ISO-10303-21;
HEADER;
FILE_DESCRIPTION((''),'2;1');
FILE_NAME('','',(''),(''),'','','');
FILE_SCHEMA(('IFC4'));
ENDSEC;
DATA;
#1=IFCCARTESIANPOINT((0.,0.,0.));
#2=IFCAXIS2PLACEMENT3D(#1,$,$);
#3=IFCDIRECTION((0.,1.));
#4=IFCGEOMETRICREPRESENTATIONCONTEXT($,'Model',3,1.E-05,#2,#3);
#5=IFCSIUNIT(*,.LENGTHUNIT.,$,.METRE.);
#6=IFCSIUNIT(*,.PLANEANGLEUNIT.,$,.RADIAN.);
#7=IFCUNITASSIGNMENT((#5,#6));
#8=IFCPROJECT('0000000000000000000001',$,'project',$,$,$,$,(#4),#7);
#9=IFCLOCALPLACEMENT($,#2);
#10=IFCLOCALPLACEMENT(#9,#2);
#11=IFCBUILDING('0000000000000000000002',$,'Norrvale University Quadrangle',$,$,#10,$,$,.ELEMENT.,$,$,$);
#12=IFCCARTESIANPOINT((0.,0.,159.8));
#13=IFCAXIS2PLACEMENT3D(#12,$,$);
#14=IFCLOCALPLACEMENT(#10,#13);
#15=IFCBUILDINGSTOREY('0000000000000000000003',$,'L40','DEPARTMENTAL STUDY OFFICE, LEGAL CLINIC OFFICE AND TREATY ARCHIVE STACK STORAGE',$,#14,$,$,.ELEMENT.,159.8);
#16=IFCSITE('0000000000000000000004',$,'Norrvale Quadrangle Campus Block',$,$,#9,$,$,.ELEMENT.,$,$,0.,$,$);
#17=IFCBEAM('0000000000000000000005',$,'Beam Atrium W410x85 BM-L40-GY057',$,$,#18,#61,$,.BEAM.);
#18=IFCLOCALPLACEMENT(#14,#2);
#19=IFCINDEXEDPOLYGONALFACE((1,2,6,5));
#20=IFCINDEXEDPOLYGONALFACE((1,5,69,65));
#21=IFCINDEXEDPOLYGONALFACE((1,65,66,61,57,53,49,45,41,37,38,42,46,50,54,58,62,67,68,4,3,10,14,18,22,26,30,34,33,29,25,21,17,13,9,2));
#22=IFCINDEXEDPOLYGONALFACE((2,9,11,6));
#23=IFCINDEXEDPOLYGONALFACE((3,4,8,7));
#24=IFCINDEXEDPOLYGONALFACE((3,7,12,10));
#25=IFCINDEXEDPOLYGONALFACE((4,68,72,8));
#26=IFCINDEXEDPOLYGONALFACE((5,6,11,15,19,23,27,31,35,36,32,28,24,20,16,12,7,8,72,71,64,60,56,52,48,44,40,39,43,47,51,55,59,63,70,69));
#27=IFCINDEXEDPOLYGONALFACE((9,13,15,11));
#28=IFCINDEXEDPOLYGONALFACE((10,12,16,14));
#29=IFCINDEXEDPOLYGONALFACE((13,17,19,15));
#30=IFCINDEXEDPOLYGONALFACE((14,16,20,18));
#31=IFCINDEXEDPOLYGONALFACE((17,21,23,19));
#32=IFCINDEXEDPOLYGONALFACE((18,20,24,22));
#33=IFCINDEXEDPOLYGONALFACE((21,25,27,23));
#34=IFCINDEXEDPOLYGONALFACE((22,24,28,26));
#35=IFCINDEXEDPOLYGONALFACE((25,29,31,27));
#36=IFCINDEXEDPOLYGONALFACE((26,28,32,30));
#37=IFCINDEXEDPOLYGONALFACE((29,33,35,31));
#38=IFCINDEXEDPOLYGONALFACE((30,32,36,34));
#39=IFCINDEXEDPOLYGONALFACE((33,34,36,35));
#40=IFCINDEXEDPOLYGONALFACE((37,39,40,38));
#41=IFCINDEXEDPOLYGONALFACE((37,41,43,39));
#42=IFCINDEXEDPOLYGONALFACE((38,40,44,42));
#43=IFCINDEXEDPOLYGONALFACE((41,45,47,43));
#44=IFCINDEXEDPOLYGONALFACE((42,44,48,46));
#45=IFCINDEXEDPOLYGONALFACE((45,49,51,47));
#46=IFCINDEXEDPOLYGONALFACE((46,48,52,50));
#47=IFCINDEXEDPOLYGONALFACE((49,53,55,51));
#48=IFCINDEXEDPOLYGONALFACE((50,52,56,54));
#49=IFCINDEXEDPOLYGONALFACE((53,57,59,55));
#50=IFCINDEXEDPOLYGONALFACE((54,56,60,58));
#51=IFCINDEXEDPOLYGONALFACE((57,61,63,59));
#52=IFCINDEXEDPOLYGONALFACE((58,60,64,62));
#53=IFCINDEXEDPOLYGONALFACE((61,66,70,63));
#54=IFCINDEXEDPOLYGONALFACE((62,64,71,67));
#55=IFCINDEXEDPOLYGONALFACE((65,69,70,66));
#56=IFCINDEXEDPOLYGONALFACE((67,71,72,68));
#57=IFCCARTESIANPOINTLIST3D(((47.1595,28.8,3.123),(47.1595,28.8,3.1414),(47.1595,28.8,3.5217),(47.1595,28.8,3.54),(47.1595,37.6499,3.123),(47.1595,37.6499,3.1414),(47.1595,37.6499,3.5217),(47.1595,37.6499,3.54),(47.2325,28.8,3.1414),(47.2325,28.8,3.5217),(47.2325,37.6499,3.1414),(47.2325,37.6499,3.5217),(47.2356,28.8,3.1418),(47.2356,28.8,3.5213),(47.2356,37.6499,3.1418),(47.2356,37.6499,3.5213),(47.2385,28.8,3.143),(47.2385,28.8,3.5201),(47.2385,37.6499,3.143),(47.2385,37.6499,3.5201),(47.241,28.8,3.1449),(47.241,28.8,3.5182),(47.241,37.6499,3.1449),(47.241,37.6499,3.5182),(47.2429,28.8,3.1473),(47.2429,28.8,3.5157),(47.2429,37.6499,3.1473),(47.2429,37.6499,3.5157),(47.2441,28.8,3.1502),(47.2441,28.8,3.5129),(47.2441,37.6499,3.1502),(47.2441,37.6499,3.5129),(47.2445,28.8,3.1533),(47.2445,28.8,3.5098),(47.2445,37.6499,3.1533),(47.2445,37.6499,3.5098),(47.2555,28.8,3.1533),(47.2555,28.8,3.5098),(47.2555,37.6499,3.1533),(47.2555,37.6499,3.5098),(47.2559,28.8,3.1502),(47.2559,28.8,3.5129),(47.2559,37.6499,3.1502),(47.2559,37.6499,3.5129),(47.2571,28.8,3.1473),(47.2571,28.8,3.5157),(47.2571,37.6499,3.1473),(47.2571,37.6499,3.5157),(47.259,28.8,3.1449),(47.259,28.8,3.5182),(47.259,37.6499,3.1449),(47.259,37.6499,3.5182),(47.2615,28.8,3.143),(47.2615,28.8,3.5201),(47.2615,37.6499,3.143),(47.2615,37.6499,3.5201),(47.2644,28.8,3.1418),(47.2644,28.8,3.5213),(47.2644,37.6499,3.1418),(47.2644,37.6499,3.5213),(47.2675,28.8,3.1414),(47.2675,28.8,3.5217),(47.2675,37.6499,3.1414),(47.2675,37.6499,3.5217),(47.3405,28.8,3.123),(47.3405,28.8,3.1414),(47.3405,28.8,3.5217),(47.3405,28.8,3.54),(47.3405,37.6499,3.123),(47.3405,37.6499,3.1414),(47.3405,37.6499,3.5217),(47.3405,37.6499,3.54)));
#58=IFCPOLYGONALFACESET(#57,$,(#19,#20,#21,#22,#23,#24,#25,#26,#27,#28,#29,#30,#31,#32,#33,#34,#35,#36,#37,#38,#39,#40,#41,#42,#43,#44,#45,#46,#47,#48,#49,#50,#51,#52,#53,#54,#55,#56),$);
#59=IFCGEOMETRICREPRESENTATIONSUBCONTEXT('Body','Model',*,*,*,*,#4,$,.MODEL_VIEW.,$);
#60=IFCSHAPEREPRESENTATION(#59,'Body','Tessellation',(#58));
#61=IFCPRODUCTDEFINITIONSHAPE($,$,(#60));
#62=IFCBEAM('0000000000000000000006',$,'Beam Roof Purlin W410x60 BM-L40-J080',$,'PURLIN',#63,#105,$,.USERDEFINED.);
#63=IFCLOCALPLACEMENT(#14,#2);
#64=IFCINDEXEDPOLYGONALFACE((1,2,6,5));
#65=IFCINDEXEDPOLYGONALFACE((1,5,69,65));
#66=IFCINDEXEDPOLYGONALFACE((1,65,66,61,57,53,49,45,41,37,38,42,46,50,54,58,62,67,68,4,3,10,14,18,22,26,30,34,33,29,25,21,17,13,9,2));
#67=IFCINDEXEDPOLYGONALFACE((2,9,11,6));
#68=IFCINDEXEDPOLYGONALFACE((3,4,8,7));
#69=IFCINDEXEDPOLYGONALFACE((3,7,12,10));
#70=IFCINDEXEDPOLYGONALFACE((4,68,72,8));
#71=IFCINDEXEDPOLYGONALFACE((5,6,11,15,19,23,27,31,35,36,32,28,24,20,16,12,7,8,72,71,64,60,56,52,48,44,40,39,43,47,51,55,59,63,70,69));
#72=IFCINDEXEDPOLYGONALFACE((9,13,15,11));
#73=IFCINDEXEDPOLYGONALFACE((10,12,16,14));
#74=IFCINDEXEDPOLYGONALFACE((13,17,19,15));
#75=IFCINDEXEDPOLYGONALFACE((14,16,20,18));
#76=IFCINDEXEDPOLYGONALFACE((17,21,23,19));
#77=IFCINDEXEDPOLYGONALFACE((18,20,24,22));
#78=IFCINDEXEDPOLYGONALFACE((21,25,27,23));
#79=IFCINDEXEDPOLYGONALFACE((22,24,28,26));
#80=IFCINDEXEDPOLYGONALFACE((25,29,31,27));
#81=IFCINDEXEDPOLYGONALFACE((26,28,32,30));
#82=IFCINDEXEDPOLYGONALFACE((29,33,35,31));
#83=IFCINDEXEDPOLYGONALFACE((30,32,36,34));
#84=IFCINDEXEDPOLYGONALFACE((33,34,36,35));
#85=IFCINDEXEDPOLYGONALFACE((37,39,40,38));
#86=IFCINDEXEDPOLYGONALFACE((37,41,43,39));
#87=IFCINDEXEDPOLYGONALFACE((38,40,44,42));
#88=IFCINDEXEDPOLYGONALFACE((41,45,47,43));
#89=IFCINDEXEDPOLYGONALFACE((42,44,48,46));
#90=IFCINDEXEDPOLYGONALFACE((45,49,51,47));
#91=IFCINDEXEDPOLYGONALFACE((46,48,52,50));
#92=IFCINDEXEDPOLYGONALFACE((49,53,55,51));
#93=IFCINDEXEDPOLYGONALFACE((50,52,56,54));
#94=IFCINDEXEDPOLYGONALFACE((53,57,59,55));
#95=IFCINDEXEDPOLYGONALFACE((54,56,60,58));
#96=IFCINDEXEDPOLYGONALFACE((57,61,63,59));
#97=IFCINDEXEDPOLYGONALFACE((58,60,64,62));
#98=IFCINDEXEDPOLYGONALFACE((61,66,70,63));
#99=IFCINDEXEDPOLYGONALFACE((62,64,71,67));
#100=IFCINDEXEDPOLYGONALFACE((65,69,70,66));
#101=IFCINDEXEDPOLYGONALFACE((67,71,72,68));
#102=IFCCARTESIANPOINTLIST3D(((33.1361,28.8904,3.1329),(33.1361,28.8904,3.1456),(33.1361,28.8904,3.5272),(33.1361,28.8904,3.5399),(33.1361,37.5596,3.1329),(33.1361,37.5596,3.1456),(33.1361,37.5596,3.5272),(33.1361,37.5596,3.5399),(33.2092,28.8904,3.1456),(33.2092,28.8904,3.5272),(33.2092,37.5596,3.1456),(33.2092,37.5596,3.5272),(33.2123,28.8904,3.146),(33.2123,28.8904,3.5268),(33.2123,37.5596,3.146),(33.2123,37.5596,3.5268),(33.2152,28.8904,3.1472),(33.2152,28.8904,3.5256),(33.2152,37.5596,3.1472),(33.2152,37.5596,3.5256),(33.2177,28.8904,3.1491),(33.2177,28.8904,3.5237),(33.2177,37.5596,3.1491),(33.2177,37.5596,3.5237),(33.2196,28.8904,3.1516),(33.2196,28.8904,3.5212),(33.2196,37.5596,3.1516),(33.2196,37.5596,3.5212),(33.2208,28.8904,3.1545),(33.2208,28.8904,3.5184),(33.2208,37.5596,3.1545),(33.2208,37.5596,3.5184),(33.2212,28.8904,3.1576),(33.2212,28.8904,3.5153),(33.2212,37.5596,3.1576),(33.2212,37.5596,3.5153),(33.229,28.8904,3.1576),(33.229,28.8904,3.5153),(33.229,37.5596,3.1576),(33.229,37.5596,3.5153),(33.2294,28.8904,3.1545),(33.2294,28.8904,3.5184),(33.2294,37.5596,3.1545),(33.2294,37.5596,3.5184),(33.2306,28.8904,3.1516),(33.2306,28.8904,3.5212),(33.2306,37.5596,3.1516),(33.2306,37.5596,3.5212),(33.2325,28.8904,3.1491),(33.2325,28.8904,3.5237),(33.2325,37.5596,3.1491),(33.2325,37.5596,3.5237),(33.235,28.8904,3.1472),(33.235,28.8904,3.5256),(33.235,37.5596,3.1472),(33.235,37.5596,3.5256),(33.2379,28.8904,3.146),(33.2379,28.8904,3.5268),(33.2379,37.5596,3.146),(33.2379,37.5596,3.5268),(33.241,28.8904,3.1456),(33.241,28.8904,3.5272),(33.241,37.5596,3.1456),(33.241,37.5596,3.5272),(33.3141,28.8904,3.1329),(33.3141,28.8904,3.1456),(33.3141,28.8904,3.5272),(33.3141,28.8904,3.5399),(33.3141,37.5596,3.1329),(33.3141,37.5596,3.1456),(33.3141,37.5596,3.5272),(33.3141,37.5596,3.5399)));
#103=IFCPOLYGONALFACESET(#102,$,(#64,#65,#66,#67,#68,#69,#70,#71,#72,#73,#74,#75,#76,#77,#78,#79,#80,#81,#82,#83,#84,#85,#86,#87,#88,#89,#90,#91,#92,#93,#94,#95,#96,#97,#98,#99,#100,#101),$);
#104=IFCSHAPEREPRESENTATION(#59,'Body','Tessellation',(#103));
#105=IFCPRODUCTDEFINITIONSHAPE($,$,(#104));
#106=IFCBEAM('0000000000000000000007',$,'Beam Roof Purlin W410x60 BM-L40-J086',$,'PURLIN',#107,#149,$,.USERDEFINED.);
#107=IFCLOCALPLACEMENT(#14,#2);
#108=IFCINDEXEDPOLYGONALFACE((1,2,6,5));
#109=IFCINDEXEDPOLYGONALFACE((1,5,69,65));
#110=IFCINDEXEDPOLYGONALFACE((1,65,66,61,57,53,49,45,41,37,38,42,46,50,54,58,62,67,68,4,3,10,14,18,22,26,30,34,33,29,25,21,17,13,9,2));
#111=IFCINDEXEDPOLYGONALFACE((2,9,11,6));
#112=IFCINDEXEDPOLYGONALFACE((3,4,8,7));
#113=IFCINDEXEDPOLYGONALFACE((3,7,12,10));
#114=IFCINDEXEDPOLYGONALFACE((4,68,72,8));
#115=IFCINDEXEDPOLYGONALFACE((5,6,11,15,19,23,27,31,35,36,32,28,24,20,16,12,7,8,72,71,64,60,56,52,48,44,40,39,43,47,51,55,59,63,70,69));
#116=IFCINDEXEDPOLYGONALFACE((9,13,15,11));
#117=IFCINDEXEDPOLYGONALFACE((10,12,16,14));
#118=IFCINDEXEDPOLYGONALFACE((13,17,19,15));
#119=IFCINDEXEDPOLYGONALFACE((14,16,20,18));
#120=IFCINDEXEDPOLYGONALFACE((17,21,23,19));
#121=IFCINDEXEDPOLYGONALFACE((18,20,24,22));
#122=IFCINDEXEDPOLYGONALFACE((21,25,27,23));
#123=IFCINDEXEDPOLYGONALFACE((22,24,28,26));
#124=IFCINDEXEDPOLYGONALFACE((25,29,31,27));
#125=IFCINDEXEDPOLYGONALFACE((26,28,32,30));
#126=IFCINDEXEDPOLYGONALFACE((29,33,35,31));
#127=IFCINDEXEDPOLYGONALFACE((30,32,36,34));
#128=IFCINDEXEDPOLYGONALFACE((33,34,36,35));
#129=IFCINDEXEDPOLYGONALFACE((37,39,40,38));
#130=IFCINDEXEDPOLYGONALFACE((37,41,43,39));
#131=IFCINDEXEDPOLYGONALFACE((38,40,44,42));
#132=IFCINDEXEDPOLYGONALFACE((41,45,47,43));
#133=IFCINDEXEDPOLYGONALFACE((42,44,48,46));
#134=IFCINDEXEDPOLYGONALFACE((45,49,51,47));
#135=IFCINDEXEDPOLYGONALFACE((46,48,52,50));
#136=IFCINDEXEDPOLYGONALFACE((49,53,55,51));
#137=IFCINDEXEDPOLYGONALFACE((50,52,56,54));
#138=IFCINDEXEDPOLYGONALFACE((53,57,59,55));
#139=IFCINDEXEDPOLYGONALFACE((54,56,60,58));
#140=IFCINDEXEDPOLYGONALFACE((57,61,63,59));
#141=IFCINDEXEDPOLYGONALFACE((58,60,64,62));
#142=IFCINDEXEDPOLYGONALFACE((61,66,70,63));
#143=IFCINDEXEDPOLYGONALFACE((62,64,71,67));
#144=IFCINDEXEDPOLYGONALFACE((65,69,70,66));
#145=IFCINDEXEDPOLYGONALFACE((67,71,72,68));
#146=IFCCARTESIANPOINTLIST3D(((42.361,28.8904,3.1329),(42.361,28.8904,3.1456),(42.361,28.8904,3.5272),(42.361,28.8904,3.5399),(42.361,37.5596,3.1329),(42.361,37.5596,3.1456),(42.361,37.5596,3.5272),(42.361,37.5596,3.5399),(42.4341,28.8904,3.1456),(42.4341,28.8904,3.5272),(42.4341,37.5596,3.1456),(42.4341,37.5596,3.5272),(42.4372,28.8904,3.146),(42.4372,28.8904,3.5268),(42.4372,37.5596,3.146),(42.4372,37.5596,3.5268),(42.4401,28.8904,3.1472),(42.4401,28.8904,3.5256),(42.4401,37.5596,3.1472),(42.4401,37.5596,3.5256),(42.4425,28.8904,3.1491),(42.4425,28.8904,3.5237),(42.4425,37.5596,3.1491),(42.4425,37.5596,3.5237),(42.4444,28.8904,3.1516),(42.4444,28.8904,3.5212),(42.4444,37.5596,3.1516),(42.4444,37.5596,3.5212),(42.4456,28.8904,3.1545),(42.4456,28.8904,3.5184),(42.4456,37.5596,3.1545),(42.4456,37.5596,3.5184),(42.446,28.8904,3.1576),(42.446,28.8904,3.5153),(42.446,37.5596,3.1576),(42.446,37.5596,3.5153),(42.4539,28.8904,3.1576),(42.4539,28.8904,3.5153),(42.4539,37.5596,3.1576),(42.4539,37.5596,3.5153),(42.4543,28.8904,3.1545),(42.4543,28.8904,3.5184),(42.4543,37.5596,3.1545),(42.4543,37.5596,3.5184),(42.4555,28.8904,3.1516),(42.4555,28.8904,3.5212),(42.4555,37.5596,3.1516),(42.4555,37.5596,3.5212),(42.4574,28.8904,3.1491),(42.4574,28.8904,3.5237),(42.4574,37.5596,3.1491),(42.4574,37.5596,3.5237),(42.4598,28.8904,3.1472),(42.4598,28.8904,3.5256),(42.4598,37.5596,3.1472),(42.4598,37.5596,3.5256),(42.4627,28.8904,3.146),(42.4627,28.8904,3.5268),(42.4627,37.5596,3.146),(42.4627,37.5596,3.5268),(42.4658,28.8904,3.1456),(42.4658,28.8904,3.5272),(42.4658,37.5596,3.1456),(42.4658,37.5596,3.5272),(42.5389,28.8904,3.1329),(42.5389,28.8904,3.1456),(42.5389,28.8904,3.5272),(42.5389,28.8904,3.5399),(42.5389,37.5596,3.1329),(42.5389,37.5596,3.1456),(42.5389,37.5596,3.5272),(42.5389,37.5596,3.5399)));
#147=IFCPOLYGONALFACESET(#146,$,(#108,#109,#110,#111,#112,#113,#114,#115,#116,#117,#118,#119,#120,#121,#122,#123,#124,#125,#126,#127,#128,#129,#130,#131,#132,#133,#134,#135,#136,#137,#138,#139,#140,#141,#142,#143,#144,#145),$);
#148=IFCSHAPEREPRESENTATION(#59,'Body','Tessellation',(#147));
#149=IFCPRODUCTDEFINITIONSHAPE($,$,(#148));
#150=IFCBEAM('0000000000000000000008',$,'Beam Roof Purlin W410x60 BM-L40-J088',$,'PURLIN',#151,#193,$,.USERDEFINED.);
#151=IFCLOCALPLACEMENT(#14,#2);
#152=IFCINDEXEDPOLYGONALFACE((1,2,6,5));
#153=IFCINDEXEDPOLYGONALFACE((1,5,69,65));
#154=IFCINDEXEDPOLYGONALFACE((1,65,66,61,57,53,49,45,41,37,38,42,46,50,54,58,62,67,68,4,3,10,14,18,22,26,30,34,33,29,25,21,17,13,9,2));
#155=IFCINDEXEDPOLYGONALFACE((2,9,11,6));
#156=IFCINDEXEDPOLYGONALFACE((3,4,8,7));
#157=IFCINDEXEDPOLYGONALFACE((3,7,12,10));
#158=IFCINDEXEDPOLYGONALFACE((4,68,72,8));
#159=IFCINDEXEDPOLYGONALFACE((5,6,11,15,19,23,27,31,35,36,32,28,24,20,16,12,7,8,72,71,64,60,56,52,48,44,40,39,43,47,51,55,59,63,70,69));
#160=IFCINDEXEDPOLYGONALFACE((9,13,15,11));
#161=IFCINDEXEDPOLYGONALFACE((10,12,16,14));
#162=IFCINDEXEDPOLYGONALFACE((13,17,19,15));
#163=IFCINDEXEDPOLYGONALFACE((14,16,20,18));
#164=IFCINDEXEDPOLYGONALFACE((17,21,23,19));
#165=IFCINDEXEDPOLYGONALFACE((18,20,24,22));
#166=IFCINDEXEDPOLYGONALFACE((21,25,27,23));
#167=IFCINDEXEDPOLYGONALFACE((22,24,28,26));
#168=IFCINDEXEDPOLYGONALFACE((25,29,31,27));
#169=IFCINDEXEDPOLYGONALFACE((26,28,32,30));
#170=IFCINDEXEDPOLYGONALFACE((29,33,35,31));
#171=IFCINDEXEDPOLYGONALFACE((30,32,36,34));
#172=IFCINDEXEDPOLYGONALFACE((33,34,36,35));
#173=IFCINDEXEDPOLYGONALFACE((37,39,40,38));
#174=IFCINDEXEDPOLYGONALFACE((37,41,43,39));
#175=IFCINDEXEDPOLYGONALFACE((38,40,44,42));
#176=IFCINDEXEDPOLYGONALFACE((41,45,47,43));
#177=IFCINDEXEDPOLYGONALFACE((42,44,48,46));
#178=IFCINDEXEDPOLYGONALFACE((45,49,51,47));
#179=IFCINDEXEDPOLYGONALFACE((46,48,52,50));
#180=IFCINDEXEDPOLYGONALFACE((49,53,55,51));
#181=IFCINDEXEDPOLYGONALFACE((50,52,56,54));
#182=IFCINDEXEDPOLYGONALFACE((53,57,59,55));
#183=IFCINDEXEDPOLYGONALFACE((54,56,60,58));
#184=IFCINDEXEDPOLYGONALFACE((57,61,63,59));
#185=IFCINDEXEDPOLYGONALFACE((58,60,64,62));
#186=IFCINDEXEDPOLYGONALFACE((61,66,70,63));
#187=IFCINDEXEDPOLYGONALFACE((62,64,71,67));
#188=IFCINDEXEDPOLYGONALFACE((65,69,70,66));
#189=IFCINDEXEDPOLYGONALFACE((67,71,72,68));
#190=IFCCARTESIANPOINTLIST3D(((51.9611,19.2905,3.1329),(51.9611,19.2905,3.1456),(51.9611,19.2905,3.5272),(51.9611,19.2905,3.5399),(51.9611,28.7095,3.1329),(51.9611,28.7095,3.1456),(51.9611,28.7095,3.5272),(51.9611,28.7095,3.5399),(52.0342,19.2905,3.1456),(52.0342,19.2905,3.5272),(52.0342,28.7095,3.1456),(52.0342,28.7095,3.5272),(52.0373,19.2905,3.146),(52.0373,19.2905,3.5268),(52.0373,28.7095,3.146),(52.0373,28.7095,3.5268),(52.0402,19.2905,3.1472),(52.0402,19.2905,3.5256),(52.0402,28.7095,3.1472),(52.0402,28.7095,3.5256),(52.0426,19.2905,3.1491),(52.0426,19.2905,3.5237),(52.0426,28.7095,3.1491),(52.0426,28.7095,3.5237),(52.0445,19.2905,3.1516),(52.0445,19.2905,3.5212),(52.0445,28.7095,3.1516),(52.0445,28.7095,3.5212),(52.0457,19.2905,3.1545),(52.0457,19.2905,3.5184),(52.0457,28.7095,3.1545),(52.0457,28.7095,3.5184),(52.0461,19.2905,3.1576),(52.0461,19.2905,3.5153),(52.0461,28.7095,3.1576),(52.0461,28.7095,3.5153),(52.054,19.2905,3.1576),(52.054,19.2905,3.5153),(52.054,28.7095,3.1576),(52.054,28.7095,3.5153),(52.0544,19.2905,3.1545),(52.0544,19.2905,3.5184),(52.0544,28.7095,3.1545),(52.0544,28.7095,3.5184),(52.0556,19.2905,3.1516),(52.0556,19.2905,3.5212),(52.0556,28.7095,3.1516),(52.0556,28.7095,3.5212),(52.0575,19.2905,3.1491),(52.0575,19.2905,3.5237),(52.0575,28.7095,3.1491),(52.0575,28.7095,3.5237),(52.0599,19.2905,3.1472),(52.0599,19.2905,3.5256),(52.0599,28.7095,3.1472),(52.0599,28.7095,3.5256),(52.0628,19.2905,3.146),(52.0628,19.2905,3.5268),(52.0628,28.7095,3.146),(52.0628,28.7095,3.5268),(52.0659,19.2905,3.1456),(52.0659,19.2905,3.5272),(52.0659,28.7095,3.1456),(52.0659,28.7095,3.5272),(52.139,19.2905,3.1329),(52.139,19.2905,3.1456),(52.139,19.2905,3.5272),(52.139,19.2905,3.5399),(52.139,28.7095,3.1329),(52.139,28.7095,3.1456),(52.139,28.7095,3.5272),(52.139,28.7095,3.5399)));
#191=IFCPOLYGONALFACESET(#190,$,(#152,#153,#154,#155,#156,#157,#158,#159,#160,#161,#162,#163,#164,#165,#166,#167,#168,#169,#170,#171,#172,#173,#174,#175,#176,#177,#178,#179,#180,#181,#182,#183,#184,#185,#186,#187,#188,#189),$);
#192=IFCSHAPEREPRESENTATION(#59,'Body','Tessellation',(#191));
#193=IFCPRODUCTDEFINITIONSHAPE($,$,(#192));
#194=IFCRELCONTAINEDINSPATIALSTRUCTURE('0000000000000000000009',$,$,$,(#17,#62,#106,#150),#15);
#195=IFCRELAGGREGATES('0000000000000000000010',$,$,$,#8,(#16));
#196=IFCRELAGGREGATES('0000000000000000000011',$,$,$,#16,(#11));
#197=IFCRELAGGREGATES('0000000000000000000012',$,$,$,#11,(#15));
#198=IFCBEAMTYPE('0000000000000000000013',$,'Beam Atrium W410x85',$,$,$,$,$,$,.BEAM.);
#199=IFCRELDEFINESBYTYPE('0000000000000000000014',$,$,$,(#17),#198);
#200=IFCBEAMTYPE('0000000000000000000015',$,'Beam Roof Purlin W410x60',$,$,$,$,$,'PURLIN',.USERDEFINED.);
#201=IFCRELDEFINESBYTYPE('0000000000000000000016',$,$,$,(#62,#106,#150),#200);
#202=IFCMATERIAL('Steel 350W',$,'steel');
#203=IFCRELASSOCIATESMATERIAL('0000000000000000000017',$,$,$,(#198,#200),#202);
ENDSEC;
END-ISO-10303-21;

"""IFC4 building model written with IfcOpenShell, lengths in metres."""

from ifc_helpers import new_model, si_unit, direction, frame, origin, origin_2d, place, context, subcontext, project, spatial, i_section, extrude, material, material_profile, profile_set, type_object, element, save


model = new_model("IFC4")

# Units and contexts
model_context = context("Model", 3, precision=1e-05, world=origin(), true_north=direction((0.0, 1.0)))
body_context = subcontext(model_context, "Body", "Model", "MODEL_VIEW")
ifc_project = project(units=[si_unit("LENGTHUNIT", "METRE"), si_unit("PLANEANGLEUNIT", "RADIAN")], contexts=[model_context])

# Site, building, storey
site_placement = place(None, origin())
site = spatial("IfcSite", under=ifc_project, at=site_placement, Name="Norrvale Quadrangle Campus Block", CompositionType="ELEMENT", RefElevation=0.0)
building_placement = place(site_placement, origin())
building = spatial("IfcBuilding", under=site, at=building_placement, Name="Norrvale University Quadrangle", CompositionType="ELEMENT")
storey_placement = place(building_placement, frame((0.0, 0.0, 159.8)))
storey = spatial("IfcBuildingStorey", under=building, at=storey_placement, Name="L40", Description="DEPARTMENTAL STUDY OFFICE, LEGAL CLINIC OFFICE AND TREATY ARCHIVE STACK STORAGE", CompositionType="ELEMENT", Elevation=159.8)

# Beams
ifc_material_1 = material(Name="Steel 350W", Category="steel")
ifc_material_profile_1 = material_profile(ifc_material_1, i_section(OverallWidth=0.1809, OverallDepth=0.417, WebThickness=0.011, FlangeThickness=0.0183, FilletRadius=0.012, at=origin_2d()), Name="Steel 350W")
ifc_profile_set_1 = profile_set([ifc_material_profile_1], Name="Steel 350W")
beam_type_1 = type_object("IfcBeamType", Name="Beam Atrium W410x85", PredefinedType="BEAM", material=ifc_profile_set_1)
beam_1_placement = place(storey_placement, frame((47.25, 28.8, 3.3315), z_axis=(0.0, 1.0, 0.0), x_axis=(-1.0, 0.0, 0.0)))
element("IfcBeam", 1, at=beam_1_placement, inside=storey, type_object=beam_type_1, Name="Beam Atrium W410x85 BM-L40-GY057", PredefinedType="BEAM", context=body_context, shape_type="SweptSolid", body=[
    extrude(i_section(OverallWidth=0.1809, OverallDepth=0.417, WebThickness=0.011, FlangeThickness=0.0183, FilletRadius=0.012, at=origin_2d()), origin(), (0.0, 0.0, 1.0), 8.8499),
])
ifc_material_profile_2 = material_profile(ifc_material_1, i_section(OverallWidth=0.178, OverallDepth=0.407, WebThickness=0.0078, FlangeThickness=0.0127, FilletRadius=0.012, at=origin_2d()), Name="Steel 350W")
ifc_profile_set_2 = profile_set([ifc_material_profile_2], Name="Steel 350W")
beam_type_2 = type_object("IfcBeamType", Name="Beam Roof Purlin W410x60", ElementType="PURLIN", PredefinedType="USERDEFINED", material=ifc_profile_set_2)
for number, where, z_axis, x_axis, name in (
    (2, (33.2251, 28.8904, 3.3364), (0.0, 1.0, 0.0), (-1.0, 0.0, 0.0), "Beam Roof Purlin W410x60 BM-L40-J080"),
    (3, (42.45, 28.8904, 3.3364), (0.0, 1.0, 0.0), (-1.0, 0.0, 0.0), "Beam Roof Purlin W410x60 BM-L40-J086"),
):
    element("IfcBeam", number, at=place(storey_placement, frame(where, z_axis=z_axis, x_axis=x_axis)), inside=storey, type_object=beam_type_2, Name=name, ObjectType="PURLIN", PredefinedType="USERDEFINED", context=body_context, shape_type="SweptSolid", body=[
        extrude(i_section(OverallWidth=0.178, OverallDepth=0.407, WebThickness=0.0078, FlangeThickness=0.0127, FilletRadius=0.012, at=origin_2d()), origin(), (0.0, 0.0, 1.0), 8.6692),
    ])
beam_2_placement = place(storey_placement, frame((52.05, 19.2905, 3.3364), z_axis=(0.0, 1.0, 0.0), x_axis=(-1.0, 0.0, 0.0)))
element("IfcBeam", 4, at=beam_2_placement, inside=storey, type_object=beam_type_2, Name="Beam Roof Purlin W410x60 BM-L40-J088", ObjectType="PURLIN", PredefinedType="USERDEFINED", context=body_context, shape_type="SweptSolid", body=[
    extrude(i_section(OverallWidth=0.178, OverallDepth=0.407, WebThickness=0.0078, FlangeThickness=0.0127, FilletRadius=0.012, at=origin_2d()), origin(), (0.0, 0.0, 1.0), 9.4189),
])

save(model, "model.ifc")
